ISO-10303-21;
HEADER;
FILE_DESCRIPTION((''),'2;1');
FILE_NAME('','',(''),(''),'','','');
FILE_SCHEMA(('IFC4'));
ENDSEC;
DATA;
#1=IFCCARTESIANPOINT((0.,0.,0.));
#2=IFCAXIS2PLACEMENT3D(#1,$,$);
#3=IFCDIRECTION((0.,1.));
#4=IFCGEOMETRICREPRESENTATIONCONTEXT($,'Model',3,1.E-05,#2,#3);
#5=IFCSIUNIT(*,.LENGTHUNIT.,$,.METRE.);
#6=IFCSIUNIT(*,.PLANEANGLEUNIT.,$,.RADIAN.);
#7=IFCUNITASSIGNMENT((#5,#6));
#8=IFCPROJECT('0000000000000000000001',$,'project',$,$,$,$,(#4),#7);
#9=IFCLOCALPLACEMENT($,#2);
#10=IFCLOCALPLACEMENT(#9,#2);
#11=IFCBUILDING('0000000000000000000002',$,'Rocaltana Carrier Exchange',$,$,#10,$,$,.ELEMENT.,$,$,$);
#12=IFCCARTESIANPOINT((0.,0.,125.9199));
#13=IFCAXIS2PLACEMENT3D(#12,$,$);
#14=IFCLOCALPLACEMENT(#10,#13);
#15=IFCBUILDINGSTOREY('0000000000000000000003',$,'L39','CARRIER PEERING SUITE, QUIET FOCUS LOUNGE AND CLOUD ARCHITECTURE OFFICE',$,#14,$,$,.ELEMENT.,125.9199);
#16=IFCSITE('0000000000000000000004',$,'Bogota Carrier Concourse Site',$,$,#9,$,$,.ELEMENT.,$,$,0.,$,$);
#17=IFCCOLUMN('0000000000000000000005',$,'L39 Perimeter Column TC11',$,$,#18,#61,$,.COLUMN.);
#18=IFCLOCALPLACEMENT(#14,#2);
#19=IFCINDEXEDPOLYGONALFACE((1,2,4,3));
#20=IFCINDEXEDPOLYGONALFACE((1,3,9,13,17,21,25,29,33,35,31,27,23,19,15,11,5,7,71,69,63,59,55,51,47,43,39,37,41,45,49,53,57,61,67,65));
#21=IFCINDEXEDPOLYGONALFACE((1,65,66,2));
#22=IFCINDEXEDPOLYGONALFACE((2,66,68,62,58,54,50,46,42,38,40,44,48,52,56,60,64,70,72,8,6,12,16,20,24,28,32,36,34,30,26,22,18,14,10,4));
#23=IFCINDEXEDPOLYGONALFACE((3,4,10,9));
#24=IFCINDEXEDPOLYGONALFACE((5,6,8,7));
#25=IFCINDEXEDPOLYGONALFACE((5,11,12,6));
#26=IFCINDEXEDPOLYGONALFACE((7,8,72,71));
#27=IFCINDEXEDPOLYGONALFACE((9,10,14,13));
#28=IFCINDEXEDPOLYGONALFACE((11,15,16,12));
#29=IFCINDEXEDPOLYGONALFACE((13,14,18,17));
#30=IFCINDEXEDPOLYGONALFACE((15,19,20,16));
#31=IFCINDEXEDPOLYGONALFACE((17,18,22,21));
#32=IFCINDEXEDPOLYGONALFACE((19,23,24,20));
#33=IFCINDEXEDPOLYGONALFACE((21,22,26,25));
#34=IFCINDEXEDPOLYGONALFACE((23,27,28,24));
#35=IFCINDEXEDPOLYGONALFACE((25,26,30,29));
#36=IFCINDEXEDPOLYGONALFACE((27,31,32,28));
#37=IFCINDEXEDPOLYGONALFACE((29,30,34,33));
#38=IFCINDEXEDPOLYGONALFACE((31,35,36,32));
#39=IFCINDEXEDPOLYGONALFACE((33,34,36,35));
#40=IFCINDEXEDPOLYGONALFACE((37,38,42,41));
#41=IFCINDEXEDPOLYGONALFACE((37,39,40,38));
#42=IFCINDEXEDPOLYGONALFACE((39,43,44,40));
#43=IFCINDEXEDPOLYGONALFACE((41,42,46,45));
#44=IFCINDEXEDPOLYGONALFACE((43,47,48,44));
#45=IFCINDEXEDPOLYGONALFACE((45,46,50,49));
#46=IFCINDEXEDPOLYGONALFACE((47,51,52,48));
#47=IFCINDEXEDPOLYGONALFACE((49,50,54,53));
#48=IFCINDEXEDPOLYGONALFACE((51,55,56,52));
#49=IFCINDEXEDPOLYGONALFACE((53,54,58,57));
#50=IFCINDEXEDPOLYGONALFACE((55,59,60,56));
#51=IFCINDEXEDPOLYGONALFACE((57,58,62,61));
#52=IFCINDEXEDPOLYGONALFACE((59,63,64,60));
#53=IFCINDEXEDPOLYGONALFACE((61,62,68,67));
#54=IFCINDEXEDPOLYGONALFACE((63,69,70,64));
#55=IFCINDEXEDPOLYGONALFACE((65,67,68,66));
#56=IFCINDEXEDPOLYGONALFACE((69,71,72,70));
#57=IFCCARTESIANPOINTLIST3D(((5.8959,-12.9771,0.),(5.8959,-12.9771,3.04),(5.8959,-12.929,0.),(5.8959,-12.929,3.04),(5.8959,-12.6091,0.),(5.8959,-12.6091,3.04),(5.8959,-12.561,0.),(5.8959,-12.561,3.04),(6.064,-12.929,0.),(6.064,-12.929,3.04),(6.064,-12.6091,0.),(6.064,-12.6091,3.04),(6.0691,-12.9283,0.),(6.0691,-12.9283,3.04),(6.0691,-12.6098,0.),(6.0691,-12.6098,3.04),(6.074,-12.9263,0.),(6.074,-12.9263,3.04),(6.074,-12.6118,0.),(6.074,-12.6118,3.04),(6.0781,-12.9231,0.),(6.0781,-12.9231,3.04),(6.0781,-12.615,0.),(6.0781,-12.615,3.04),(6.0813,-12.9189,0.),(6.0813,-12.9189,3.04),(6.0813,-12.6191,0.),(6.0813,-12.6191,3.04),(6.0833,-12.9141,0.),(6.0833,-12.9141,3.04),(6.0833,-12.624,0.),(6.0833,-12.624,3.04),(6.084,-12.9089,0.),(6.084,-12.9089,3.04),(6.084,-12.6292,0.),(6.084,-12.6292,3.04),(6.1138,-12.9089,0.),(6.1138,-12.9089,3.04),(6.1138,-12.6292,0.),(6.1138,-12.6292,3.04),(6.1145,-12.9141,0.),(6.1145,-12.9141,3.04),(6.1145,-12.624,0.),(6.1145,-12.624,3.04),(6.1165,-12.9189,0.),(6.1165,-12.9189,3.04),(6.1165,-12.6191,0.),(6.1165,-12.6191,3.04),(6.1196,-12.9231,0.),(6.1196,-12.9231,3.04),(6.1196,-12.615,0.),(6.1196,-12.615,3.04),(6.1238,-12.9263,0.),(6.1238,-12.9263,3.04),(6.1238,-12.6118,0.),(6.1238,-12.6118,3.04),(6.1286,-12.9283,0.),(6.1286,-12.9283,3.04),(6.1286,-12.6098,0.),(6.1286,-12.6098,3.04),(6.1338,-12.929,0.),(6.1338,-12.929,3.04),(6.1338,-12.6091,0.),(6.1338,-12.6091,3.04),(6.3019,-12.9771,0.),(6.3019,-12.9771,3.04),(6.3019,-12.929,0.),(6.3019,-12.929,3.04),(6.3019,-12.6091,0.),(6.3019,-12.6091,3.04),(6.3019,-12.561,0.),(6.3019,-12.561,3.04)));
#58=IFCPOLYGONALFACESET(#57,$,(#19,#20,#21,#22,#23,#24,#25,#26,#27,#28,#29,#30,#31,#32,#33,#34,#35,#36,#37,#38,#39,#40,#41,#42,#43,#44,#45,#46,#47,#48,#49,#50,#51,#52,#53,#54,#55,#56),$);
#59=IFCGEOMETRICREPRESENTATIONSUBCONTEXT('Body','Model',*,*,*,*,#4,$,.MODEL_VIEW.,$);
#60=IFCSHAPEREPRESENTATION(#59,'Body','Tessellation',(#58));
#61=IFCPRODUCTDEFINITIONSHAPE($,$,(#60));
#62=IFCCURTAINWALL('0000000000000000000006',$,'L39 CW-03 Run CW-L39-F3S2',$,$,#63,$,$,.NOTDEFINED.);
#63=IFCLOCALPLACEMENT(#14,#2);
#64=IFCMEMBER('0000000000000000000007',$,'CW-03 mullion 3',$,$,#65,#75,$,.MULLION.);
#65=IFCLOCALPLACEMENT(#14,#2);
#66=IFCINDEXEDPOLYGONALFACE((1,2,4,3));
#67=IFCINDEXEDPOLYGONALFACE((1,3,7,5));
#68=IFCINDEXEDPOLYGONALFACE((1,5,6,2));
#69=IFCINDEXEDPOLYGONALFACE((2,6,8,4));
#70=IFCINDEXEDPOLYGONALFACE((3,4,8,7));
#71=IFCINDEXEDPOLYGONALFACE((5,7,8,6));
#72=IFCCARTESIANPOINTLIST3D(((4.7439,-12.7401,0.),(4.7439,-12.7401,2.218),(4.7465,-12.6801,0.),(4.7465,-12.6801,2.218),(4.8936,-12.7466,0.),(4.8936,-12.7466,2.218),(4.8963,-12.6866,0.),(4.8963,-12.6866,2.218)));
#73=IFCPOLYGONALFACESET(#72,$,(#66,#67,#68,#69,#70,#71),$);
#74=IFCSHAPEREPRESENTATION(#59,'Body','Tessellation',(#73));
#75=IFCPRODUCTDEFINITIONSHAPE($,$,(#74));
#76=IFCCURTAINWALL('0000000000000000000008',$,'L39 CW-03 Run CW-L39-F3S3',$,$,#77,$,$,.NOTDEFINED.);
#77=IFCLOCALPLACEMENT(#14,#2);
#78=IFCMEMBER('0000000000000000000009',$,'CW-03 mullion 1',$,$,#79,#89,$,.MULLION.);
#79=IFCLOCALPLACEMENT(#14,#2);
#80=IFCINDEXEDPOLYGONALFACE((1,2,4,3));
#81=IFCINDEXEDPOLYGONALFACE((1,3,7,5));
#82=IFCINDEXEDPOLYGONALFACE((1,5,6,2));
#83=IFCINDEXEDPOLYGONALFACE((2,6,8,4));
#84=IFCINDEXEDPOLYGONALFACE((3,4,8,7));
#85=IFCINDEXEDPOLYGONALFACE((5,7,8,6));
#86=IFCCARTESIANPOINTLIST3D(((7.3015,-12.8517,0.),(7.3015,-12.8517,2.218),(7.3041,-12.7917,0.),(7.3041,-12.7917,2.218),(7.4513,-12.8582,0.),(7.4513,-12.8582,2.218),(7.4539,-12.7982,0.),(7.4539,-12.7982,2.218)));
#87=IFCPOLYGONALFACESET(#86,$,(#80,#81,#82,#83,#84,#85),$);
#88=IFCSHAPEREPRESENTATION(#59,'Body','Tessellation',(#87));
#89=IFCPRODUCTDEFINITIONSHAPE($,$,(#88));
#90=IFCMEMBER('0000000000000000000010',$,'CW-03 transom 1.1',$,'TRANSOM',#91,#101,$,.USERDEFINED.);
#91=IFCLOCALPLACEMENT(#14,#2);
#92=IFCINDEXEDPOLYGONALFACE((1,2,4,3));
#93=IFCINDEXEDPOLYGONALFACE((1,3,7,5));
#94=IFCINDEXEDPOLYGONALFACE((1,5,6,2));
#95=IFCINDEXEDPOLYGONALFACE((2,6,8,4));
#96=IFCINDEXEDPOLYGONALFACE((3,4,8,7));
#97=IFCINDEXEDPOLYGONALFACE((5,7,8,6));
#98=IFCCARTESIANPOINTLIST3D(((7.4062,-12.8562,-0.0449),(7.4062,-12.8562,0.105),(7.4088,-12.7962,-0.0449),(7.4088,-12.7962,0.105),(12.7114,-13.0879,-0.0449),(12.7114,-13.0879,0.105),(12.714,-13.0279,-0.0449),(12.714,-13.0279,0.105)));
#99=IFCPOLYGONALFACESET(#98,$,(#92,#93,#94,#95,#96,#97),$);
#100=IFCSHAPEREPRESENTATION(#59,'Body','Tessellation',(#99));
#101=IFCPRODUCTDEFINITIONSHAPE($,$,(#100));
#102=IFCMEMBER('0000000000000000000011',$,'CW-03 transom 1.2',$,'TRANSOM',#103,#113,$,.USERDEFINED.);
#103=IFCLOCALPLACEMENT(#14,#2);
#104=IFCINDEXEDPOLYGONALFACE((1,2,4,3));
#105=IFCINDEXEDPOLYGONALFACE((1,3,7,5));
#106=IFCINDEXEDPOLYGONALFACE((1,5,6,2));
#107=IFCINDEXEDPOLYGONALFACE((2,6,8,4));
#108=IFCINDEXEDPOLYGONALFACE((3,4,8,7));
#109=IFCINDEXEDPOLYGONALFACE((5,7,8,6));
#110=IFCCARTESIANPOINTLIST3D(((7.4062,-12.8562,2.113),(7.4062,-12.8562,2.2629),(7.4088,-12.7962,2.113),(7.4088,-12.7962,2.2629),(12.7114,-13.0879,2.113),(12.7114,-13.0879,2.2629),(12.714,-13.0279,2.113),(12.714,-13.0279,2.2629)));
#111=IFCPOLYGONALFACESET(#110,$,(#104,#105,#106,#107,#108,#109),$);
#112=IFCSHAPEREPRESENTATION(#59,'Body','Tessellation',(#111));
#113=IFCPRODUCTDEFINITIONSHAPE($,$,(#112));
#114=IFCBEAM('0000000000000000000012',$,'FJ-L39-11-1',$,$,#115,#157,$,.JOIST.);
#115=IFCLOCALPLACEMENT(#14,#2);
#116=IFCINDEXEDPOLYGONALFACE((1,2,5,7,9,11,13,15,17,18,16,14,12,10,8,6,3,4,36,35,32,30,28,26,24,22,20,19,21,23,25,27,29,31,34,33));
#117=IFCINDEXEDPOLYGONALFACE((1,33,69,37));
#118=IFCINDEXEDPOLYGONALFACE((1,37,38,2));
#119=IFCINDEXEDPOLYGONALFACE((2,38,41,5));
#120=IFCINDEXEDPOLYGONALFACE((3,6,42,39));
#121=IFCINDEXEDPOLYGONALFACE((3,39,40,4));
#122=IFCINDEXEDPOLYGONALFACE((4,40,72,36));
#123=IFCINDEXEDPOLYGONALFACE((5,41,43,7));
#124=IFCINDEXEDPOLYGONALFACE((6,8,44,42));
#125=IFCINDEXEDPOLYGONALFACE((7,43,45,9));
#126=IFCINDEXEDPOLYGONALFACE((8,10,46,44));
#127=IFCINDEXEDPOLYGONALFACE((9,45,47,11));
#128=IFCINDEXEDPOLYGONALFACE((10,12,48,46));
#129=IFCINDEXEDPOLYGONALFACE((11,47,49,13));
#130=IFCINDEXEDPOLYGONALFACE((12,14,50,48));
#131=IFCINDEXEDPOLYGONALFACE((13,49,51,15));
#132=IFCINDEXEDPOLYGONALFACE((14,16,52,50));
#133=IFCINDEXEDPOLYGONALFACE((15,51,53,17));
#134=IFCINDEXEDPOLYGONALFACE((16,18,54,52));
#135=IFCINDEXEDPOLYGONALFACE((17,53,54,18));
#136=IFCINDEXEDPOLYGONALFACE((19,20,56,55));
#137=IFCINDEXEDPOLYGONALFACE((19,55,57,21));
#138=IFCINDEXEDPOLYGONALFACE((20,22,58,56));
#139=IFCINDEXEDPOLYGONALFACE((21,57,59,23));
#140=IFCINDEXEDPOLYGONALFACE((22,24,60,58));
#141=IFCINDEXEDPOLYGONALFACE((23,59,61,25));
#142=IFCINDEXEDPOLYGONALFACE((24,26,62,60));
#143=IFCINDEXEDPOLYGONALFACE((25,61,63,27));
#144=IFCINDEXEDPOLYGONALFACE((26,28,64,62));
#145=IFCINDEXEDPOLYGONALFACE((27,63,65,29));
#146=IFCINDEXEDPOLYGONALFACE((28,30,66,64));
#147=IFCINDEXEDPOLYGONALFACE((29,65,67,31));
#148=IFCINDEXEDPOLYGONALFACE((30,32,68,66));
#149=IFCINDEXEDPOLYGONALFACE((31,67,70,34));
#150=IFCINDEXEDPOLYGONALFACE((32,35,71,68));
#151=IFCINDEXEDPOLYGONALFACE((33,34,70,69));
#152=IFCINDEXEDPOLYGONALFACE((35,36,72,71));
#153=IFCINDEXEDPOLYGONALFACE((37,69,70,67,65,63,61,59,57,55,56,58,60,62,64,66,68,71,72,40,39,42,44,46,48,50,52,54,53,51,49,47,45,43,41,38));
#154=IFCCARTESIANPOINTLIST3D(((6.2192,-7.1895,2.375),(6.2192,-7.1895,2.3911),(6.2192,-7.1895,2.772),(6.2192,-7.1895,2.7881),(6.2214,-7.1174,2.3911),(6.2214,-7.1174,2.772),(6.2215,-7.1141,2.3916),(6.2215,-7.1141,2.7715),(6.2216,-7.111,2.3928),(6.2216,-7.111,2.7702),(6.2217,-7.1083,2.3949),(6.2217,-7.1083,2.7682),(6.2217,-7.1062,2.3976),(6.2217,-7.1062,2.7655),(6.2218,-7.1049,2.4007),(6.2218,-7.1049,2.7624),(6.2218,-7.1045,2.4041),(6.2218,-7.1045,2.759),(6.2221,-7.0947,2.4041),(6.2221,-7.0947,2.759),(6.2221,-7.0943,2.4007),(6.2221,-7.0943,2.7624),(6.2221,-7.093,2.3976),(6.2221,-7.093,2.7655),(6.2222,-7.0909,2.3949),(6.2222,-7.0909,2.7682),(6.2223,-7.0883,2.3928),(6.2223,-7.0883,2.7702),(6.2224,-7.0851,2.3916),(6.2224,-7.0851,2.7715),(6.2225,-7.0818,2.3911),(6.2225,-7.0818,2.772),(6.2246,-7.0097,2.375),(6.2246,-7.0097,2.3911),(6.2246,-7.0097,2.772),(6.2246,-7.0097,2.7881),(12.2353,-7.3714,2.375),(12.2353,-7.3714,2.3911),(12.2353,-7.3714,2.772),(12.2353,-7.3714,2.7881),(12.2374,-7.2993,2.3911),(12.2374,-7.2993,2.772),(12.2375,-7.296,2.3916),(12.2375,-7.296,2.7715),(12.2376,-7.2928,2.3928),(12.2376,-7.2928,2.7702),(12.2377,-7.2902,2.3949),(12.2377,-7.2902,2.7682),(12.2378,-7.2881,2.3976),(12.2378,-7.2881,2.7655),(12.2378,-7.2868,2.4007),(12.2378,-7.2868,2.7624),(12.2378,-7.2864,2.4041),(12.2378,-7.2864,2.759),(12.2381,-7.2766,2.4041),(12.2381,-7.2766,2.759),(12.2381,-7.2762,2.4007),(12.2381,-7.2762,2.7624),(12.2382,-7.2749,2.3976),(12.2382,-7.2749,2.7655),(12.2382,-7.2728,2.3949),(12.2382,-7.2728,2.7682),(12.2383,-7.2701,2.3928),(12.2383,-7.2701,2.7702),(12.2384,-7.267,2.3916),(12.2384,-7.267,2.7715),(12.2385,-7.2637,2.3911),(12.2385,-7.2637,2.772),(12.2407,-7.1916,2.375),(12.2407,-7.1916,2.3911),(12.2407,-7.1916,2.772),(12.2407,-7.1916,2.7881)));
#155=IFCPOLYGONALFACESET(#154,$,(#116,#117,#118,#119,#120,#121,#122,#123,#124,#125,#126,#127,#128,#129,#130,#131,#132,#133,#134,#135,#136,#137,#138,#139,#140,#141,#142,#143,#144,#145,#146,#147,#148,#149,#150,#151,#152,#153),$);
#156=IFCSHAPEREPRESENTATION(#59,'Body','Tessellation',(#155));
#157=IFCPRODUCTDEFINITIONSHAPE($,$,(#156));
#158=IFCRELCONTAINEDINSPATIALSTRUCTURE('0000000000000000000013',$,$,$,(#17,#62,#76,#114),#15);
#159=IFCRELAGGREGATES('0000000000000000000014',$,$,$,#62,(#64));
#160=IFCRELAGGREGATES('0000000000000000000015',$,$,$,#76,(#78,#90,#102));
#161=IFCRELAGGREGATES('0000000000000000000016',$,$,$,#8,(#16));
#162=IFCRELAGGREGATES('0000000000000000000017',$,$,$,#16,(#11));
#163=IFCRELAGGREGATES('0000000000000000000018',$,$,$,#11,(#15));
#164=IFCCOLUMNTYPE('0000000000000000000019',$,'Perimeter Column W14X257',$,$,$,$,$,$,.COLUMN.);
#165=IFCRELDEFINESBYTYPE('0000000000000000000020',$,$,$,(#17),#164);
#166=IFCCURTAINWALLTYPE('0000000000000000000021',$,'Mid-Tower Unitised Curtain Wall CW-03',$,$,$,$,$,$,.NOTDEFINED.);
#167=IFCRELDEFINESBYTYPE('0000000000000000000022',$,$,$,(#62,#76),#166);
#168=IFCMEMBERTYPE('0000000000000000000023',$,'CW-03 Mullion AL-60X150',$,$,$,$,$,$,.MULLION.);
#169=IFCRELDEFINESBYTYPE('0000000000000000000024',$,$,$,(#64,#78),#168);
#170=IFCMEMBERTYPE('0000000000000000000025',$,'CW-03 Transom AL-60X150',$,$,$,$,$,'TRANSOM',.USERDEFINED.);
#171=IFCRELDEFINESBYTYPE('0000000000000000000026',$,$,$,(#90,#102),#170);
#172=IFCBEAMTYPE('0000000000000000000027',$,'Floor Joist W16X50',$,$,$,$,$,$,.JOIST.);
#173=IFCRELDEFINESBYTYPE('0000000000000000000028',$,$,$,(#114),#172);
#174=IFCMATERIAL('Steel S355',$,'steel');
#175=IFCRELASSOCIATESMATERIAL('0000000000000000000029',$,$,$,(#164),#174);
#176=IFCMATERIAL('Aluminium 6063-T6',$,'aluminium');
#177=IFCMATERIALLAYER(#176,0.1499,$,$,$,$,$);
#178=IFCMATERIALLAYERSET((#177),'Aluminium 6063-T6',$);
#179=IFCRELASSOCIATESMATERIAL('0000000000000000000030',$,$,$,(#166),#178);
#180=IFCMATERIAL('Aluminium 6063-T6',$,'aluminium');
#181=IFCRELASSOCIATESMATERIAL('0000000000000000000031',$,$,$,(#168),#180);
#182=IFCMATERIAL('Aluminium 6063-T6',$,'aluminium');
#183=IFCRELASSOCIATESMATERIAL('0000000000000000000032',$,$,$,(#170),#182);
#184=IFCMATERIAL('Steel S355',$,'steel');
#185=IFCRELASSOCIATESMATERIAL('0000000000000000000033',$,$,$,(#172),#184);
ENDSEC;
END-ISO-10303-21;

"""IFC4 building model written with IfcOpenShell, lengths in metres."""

from ifc_helpers import new_model, si_unit, direction, frame, origin, origin_2d, place, context, subcontext, project, spatial, rectangle, i_section, extrude, material, layer, layer_set, material_profile, profile_set, type_object, element, aggregate, save


model = new_model("IFC4")

# Units and contexts
model_context = context("Model", 3, precision=1e-05, world=origin(), true_north=direction((0.0, 1.0)))
body_context = subcontext(model_context, "Body", "Model", "MODEL_VIEW")
ifc_project = project(units=[si_unit("LENGTHUNIT", "METRE"), si_unit("PLANEANGLEUNIT", "RADIAN")], contexts=[model_context])

# Site, building, storey
site_placement = place(None, origin())
site = spatial("IfcSite", under=ifc_project, at=site_placement, Name="Bogota Carrier Concourse Site", CompositionType="ELEMENT", RefElevation=0.0)
building_placement = place(site_placement, origin())
building = spatial("IfcBuilding", under=site, at=building_placement, Name="Rocaltana Carrier Exchange", CompositionType="ELEMENT")
storey_placement = place(building_placement, frame((0.0, 0.0, 125.9199)))
storey = spatial("IfcBuildingStorey", under=building, at=storey_placement, Name="L39", Description="CARRIER PEERING SUITE, QUIET FOCUS LOUNGE AND CLOUD ARCHITECTURE OFFICE", CompositionType="ELEMENT", Elevation=125.9199)

# Column
ifc_material_1 = material(Name="Steel S355", Category="steel")
ifc_material_profile_1 = material_profile(ifc_material_1, i_section(OverallWidth=0.406, OverallDepth=0.416, WebThickness=0.0298, FlangeThickness=0.0481, FilletRadius=0.02, at=origin_2d()), Name="W14X257")
ifc_profile_set_1 = profile_set([ifc_material_profile_1], Name="Steel S355")
column_type = type_object("IfcColumnType", Name="Perimeter Column W14X257", PredefinedType="COLUMN", material=ifc_profile_set_1)
column_placement = place(storey_placement, frame((6.0989, -12.769, 0.0), z_axis=(0.0, 0.0, 1.0), x_axis=(1.0, 0.0, 0.0)))
element("IfcColumn", 1, at=column_placement, inside=storey, type_object=column_type, Name="L39 Perimeter Column TC11", PredefinedType="COLUMN", context=body_context, shape_type="SweptSolid", body=[
    extrude(i_section(OverallWidth=0.406, OverallDepth=0.416, WebThickness=0.0298, FlangeThickness=0.0481, FilletRadius=0.02, at=origin_2d()), origin(), (0.0, 0.0, 1.0), 3.04),
])

# Curtain wall, member
ifc_material_2 = material(Name="Aluminium 6063-T6", Category="aluminium")
ifc_layer_1 = layer(ifc_material_2, 0.1499)
ifc_layer_set_1 = layer_set([ifc_layer_1], Name="Aluminium 6063-T6")
curtain_wall_type = type_object("IfcCurtainWallType", Name="Mid-Tower Unitised Curtain Wall CW-03", PredefinedType="NOTDEFINED", material=ifc_layer_set_1)
curtain_wall_1_placement = place(storey_placement, origin())
curtain_wall_1 = element("IfcCurtainWall", 2, at=curtain_wall_1_placement, inside=storey, type_object=curtain_wall_type, Name="L39 CW-03 Run CW-L39-F3S2", PredefinedType="NOTDEFINED")
ifc_material_3 = material(Name="Aluminium 6063-T6", Category="aluminium")
ifc_material_profile_2 = material_profile(ifc_material_3, rectangle(XDim=0.0601, YDim=0.1499, at=origin_2d()), Name="AL-60X150")
ifc_profile_set_2 = profile_set([ifc_material_profile_2], Name="Aluminium 6063-T6")
member_type_1 = type_object("IfcMemberType", Name="CW-03 Mullion AL-60X150", PredefinedType="MULLION", material=ifc_profile_set_2)
member_1_placement = place(storey_placement, frame((4.8201, -12.7134, 0.0), z_axis=(0.0, 0.0, 1.0), x_axis=(0.04362, 0.999048, 0.0)))
member_1 = element("IfcMember", 3, at=member_1_placement, type_object=member_type_1, Name="CW-03 mullion 3", PredefinedType="MULLION", context=body_context, shape_type="SweptSolid", body=[
    extrude(rectangle(XDim=0.0601, YDim=0.1499, at=origin_2d()), origin(), (0.0, 0.0, 1.0), 2.218),
])

# Curtain wall, members
curtain_wall_2_placement = place(storey_placement, origin())
curtain_wall_2 = element("IfcCurtainWall", 4, at=curtain_wall_2_placement, inside=storey, type_object=curtain_wall_type, Name="L39 CW-03 Run CW-L39-F3S3", PredefinedType="NOTDEFINED")
member_2_placement = place(storey_placement, frame((7.3777, -12.825, 0.0), z_axis=(0.0, 0.0, 1.0), x_axis=(0.043629, 0.999048, 0.0)))
member_2 = element("IfcMember", 5, at=member_2_placement, type_object=member_type_1, Name="CW-03 mullion 1", PredefinedType="MULLION", context=body_context, shape_type="SweptSolid", body=[
    extrude(rectangle(XDim=0.0601, YDim=0.1499, at=origin_2d()), origin(), (0.0, 0.0, 1.0), 2.218),
])
ifc_material_4 = material(Name="Aluminium 6063-T6", Category="aluminium")
ifc_material_profile_3 = material_profile(ifc_material_4, rectangle(XDim=0.0601, YDim=0.1499, at=origin_2d()), Name="AL-60X150")
ifc_profile_set_3 = profile_set([ifc_material_profile_3], Name="Aluminium 6063-T6")
member_type_2 = type_object("IfcMemberType", Name="CW-03 Transom AL-60X150", ElementType="TRANSOM", PredefinedType="USERDEFINED", material=ifc_profile_set_3)
member_3_placement = place(storey_placement, frame((7.4075, -12.8262, 0.03), z_axis=(0.999048, -0.043631, 0.0), x_axis=(0.043631, 0.999048, 0.0)))
member_3 = element("IfcMember", 6, at=member_3_placement, type_object=member_type_2, Name="CW-03 transom 1.1", ObjectType="TRANSOM", PredefinedType="USERDEFINED", context=body_context, shape_type="SweptSolid", body=[
    extrude(rectangle(XDim=0.0601, YDim=0.1499, at=origin_2d()), origin(), (0.0, 0.0, 1.0), 5.3103),
])
member_4_placement = place(storey_placement, frame((7.4075, -12.8262, 2.188), z_axis=(0.999048, -0.043631, 0.0), x_axis=(0.043631, 0.999048, 0.0)))
member_4 = element("IfcMember", 7, at=member_4_placement, type_object=member_type_2, Name="CW-03 transom 1.2", ObjectType="TRANSOM", PredefinedType="USERDEFINED", context=body_context, shape_type="SweptSolid", body=[
    extrude(rectangle(XDim=0.0601, YDim=0.1499, at=origin_2d()), origin(), (0.0, 0.0, 1.0), 5.3103),
])

# Beam
ifc_material_5 = material(Name="Steel S355", Category="steel")
ifc_material_profile_4 = material_profile(ifc_material_5, i_section(OverallWidth=0.1799, OverallDepth=0.4131, WebThickness=0.0098, FlangeThickness=0.0161, FilletRadius=0.0129, at=origin_2d()), Name="W16X50")
ifc_profile_set_4 = profile_set([ifc_material_profile_4], Name="Steel S355")
beam_type_1 = type_object("IfcBeamType", Name="Floor Joist W16X50", PredefinedType="JOIST", material=ifc_profile_set_4)
beam_1_placement = place(storey_placement, frame((6.2219, -7.0996, 2.5815), z_axis=(0.999543, -0.030219, 0.0), x_axis=(0.030219, 0.999543, 0.0)))
element("IfcBeam", 8, at=beam_1_placement, inside=storey, type_object=beam_type_1, Name="FJ-L39-11-1", PredefinedType="JOIST", context=body_context, shape_type="SweptSolid", body=[
    extrude(i_section(OverallWidth=0.1799, OverallDepth=0.4131, WebThickness=0.0098, FlangeThickness=0.0161, FilletRadius=0.0129, at=origin_2d()), origin(), (0.0, 0.0, 1.0), 6.0188),
])

aggregate(curtain_wall_1, [member_1])
aggregate(curtain_wall_2, [member_2, member_3, member_4])

save(model, "model.ifc")
